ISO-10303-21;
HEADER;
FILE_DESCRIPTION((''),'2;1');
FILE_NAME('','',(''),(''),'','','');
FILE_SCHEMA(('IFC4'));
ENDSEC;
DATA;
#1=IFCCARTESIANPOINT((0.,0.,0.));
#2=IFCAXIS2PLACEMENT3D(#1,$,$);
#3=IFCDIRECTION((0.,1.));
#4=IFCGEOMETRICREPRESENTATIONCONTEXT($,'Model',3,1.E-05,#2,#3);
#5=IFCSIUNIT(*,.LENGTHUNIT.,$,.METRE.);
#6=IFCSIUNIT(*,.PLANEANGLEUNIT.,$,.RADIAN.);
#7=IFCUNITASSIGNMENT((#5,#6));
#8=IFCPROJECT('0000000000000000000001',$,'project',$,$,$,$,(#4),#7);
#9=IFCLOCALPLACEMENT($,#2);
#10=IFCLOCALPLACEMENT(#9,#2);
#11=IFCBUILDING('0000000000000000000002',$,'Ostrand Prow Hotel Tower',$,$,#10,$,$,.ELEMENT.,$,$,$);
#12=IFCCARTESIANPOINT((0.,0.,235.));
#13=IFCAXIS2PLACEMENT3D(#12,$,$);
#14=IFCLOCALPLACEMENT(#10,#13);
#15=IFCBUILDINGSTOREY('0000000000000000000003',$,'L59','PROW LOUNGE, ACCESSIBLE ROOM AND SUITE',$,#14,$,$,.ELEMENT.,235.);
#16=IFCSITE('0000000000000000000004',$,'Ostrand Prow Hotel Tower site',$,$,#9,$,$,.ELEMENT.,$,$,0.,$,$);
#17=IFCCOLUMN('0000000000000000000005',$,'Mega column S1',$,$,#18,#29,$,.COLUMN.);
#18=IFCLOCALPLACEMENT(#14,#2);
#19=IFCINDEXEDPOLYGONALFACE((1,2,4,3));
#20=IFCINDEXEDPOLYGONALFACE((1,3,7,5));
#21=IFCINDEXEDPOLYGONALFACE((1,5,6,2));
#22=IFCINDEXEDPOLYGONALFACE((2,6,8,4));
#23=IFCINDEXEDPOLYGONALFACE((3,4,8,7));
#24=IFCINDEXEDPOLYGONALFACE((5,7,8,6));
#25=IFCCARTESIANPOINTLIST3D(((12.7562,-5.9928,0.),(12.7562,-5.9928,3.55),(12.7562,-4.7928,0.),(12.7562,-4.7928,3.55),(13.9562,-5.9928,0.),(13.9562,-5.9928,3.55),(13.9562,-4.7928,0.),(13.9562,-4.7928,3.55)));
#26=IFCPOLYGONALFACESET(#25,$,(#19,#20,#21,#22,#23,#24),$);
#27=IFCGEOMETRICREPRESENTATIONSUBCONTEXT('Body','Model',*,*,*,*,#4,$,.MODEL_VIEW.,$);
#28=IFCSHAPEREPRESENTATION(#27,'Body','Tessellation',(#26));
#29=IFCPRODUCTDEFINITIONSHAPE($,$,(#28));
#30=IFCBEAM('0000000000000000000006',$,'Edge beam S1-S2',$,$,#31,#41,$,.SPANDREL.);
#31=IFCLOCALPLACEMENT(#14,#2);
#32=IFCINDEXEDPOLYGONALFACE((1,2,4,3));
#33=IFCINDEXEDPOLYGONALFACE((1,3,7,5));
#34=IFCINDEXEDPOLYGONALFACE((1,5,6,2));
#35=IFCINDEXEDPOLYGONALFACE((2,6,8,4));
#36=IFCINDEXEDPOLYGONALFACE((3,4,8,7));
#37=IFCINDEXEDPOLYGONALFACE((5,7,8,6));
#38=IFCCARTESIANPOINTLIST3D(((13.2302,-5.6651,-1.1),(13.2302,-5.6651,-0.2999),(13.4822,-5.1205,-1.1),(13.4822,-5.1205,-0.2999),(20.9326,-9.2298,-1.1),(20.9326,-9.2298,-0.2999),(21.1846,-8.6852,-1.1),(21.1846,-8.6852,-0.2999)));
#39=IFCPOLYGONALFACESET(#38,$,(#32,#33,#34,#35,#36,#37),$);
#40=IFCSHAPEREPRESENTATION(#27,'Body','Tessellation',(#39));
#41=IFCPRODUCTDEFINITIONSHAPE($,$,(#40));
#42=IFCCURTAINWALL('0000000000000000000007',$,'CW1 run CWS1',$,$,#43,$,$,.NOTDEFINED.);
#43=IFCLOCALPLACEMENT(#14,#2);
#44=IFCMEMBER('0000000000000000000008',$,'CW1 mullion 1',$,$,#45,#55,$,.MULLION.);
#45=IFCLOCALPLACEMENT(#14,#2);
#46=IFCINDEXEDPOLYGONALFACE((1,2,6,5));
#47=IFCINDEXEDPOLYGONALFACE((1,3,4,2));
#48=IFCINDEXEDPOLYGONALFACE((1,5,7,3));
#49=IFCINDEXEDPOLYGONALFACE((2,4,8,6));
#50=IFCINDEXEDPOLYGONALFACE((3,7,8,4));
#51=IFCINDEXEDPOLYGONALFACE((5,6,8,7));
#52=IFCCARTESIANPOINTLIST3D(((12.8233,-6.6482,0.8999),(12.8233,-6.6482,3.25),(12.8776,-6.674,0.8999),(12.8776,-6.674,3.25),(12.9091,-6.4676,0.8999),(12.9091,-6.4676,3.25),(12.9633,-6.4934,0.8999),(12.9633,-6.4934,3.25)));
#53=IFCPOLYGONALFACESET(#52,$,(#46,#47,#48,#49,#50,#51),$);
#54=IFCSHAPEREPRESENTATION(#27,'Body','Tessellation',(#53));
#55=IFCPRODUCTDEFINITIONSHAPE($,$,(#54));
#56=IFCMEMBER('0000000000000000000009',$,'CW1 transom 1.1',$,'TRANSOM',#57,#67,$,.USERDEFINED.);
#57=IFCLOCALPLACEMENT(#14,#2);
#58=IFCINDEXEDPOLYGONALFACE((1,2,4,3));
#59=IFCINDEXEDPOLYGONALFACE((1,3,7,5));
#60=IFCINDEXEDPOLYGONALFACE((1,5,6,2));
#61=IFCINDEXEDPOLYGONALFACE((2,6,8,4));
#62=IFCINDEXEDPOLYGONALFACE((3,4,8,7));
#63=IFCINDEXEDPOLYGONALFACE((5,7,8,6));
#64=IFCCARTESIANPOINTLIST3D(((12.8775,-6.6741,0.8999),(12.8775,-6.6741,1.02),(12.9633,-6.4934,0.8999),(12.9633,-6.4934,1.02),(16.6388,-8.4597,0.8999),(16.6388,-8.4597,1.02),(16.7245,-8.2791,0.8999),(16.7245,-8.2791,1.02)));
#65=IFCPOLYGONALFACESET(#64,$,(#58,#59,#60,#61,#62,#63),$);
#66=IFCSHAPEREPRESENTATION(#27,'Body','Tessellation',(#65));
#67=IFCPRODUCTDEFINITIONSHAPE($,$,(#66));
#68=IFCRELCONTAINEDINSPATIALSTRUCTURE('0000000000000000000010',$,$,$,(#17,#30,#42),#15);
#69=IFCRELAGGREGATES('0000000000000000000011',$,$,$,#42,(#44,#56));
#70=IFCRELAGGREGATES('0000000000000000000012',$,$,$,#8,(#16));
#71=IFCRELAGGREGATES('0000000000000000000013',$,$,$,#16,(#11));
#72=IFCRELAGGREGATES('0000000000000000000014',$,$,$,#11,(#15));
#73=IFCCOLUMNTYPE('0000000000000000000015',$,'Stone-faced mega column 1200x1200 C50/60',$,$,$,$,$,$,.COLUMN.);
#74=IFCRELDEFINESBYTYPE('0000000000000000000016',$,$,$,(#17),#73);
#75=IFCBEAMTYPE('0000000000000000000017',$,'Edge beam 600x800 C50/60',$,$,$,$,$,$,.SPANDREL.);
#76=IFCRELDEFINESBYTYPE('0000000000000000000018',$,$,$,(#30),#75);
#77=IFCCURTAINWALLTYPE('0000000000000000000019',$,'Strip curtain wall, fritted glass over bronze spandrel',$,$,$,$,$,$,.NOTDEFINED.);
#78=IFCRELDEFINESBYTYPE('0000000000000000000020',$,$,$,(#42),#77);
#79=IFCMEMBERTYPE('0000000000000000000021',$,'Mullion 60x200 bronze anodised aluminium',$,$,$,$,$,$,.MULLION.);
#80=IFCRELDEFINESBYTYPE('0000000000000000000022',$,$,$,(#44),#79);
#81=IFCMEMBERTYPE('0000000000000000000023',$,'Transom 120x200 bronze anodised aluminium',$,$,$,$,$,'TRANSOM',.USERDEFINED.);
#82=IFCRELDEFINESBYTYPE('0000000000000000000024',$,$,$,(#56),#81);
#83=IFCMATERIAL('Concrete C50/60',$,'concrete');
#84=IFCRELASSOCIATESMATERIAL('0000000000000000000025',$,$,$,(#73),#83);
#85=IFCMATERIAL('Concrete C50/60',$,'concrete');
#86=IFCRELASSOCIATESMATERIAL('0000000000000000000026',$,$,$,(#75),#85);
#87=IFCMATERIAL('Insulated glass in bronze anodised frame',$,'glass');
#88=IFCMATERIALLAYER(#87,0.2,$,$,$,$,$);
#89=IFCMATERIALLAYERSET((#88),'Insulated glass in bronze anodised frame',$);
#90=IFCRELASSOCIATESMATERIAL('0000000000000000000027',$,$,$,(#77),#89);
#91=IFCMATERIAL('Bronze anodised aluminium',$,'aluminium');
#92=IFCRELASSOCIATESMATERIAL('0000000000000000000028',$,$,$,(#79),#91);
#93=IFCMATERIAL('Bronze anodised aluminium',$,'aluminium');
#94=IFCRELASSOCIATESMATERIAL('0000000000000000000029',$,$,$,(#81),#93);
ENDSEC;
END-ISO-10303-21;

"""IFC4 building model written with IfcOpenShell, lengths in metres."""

from ifc_helpers import new_model, si_unit, direction, frame, origin, origin_2d, place, context, subcontext, project, spatial, rectangle, extrude, material, layer, layer_set, material_profile, profile_set, type_object, element, aggregate, save


model = new_model("IFC4")

# Units and contexts
model_context = context("Model", 3, precision=1e-05, world=origin(), true_north=direction((0.0, 1.0)))
body_context = subcontext(model_context, "Body", "Model", "MODEL_VIEW")
ifc_project = project(units=[si_unit("LENGTHUNIT", "METRE"), si_unit("PLANEANGLEUNIT", "RADIAN")], contexts=[model_context])

# Site, building, storey
site_placement = place(None, origin())
site = spatial("IfcSite", under=ifc_project, at=site_placement, Name="Ostrand Prow Hotel Tower site", CompositionType="ELEMENT", RefElevation=0.0)
building_placement = place(site_placement, origin())
building = spatial("IfcBuilding", under=site, at=building_placement, Name="Ostrand Prow Hotel Tower", CompositionType="ELEMENT")
storey_placement = place(building_placement, frame((0.0, 0.0, 235.0)))
storey = spatial("IfcBuildingStorey", under=building, at=storey_placement, Name="L59", Description="PROW LOUNGE, ACCESSIBLE ROOM AND SUITE", CompositionType="ELEMENT", Elevation=235.0)

# Column
ifc_material_1 = material(Name="Concrete C50/60", Category="concrete")
ifc_material_profile_1 = material_profile(ifc_material_1, rectangle(XDim=1.2, YDim=1.2, at=origin_2d()), Name="RC 1200x1200")
ifc_profile_set_1 = profile_set([ifc_material_profile_1], Name="Concrete C50/60")
column_type = type_object("IfcColumnType", Name="Stone-faced mega column 1200x1200 C50/60", PredefinedType="COLUMN", material=ifc_profile_set_1)
column_placement = place(storey_placement, frame((13.3562, -5.3928, 0.0), z_axis=(0.0, 0.0, 1.0), x_axis=(1.0, 0.0, 0.0)))
element("IfcColumn", 1, at=column_placement, inside=storey, type_object=column_type, Name="Mega column S1", PredefinedType="COLUMN", context=body_context, shape_type="SweptSolid", body=[
    extrude(rectangle(XDim=1.2, YDim=1.2, at=origin_2d()), origin(), (0.0, 0.0, 1.0), 3.55),
])

# Beam
ifc_material_2 = material(Name="Concrete C50/60", Category="concrete")
ifc_material_profile_2 = material_profile(ifc_material_2, rectangle(XDim=0.6001, YDim=0.8, at=origin_2d()), Name="RC 600x800")
ifc_profile_set_2 = profile_set([ifc_material_profile_2], Name="Concrete C50/60")
beam_type = type_object("IfcBeamType", Name="Edge beam 600x800 C50/60", PredefinedType="SPANDREL", material=ifc_profile_set_2)
beam_placement = place(storey_placement, frame((13.3562, -5.3928, -0.7), z_axis=(0.907522, -0.420005, 0.0), x_axis=(0.420005, 0.907522, 0.0)))
element("IfcBeam", 2, at=beam_placement, inside=storey, type_object=beam_type, Name="Edge beam S1-S2", PredefinedType="SPANDREL", context=body_context, shape_type="SweptSolid", body=[
    extrude(rectangle(XDim=0.6001, YDim=0.8, at=origin_2d()), origin(), (0.0, 0.0, 1.0), 8.4873),
])

# Curtain wall, members
ifc_material_3 = material(Name="Insulated glass in bronze anodised frame", Category="glass")
ifc_layer_1 = layer(ifc_material_3, 0.2)
ifc_layer_set_1 = layer_set([ifc_layer_1], Name="Insulated glass in bronze anodised frame")
curtain_wall_type = type_object("IfcCurtainWallType", Name="Strip curtain wall, fritted glass over bronze spandrel", PredefinedType="NOTDEFINED", material=ifc_layer_set_1)
curtain_wall_placement = place(storey_placement, origin())
curtain_wall = element("IfcCurtainWall", 3, at=curtain_wall_placement, inside=storey, type_object=curtain_wall_type, Name="CW1 run CWS1", PredefinedType="NOTDEFINED")
ifc_material_4 = material(Name="Bronze anodised aluminium", Category="aluminium")
ifc_material_profile_3 = material_profile(ifc_material_4, rectangle(XDim=0.2, YDim=0.0601, at=origin_2d()), Name="Mullion 60x200 bronze anodised aluminium")
ifc_profile_set_3 = profile_set([ifc_material_profile_3], Name="Bronze anodised aluminium")
member_type_1 = type_object("IfcMemberType", Name="Mullion 60x200 bronze anodised aluminium", PredefinedType="MULLION", material=ifc_profile_set_3)
member_1_placement = place(storey_placement, frame((12.8933, -6.5708, 0.8999), z_axis=(0.0, 0.0, 1.0), x_axis=(0.428861, 0.90337, 0.0)))
member_1 = element("IfcMember", 4, at=member_1_placement, type_object=member_type_1, Name="CW1 mullion 1", PredefinedType="MULLION", context=body_context, shape_type="SweptSolid", body=[
    extrude(rectangle(XDim=0.2, YDim=0.0601, at=origin_2d()), origin(), (0.0, 0.0, 1.0), 2.3501),
])
ifc_material_5 = material(Name="Bronze anodised aluminium", Category="aluminium")
ifc_material_profile_4 = material_profile(ifc_material_5, rectangle(XDim=0.2, YDim=0.1201, at=origin_2d()), Name="Transom 120x200 bronze anodised aluminium")
ifc_profile_set_4 = profile_set([ifc_material_profile_4], Name="Bronze anodised aluminium")
member_type_2 = type_object("IfcMemberType", Name="Transom 120x200 bronze anodised aluminium", ElementType="TRANSOM", PredefinedType="USERDEFINED", material=ifc_profile_set_4)
member_2_placement = place(storey_placement, frame((12.9204, -6.5837, 0.96), z_axis=(0.903365, -0.428873, 0.0), x_axis=(0.428873, 0.903365, 0.0)))
member_2 = element("IfcMember", 5, at=member_2_placement, type_object=member_type_2, Name="CW1 transom 1.1", ObjectType="TRANSOM", PredefinedType="USERDEFINED", context=body_context, shape_type="SweptSolid", body=[
    extrude(rectangle(XDim=0.2, YDim=0.1201, at=origin_2d()), origin(), (0.0, 0.0, 1.0), 4.1636),
])
aggregate(curtain_wall, [member_1, member_2])

save(model, "model.ifc")
